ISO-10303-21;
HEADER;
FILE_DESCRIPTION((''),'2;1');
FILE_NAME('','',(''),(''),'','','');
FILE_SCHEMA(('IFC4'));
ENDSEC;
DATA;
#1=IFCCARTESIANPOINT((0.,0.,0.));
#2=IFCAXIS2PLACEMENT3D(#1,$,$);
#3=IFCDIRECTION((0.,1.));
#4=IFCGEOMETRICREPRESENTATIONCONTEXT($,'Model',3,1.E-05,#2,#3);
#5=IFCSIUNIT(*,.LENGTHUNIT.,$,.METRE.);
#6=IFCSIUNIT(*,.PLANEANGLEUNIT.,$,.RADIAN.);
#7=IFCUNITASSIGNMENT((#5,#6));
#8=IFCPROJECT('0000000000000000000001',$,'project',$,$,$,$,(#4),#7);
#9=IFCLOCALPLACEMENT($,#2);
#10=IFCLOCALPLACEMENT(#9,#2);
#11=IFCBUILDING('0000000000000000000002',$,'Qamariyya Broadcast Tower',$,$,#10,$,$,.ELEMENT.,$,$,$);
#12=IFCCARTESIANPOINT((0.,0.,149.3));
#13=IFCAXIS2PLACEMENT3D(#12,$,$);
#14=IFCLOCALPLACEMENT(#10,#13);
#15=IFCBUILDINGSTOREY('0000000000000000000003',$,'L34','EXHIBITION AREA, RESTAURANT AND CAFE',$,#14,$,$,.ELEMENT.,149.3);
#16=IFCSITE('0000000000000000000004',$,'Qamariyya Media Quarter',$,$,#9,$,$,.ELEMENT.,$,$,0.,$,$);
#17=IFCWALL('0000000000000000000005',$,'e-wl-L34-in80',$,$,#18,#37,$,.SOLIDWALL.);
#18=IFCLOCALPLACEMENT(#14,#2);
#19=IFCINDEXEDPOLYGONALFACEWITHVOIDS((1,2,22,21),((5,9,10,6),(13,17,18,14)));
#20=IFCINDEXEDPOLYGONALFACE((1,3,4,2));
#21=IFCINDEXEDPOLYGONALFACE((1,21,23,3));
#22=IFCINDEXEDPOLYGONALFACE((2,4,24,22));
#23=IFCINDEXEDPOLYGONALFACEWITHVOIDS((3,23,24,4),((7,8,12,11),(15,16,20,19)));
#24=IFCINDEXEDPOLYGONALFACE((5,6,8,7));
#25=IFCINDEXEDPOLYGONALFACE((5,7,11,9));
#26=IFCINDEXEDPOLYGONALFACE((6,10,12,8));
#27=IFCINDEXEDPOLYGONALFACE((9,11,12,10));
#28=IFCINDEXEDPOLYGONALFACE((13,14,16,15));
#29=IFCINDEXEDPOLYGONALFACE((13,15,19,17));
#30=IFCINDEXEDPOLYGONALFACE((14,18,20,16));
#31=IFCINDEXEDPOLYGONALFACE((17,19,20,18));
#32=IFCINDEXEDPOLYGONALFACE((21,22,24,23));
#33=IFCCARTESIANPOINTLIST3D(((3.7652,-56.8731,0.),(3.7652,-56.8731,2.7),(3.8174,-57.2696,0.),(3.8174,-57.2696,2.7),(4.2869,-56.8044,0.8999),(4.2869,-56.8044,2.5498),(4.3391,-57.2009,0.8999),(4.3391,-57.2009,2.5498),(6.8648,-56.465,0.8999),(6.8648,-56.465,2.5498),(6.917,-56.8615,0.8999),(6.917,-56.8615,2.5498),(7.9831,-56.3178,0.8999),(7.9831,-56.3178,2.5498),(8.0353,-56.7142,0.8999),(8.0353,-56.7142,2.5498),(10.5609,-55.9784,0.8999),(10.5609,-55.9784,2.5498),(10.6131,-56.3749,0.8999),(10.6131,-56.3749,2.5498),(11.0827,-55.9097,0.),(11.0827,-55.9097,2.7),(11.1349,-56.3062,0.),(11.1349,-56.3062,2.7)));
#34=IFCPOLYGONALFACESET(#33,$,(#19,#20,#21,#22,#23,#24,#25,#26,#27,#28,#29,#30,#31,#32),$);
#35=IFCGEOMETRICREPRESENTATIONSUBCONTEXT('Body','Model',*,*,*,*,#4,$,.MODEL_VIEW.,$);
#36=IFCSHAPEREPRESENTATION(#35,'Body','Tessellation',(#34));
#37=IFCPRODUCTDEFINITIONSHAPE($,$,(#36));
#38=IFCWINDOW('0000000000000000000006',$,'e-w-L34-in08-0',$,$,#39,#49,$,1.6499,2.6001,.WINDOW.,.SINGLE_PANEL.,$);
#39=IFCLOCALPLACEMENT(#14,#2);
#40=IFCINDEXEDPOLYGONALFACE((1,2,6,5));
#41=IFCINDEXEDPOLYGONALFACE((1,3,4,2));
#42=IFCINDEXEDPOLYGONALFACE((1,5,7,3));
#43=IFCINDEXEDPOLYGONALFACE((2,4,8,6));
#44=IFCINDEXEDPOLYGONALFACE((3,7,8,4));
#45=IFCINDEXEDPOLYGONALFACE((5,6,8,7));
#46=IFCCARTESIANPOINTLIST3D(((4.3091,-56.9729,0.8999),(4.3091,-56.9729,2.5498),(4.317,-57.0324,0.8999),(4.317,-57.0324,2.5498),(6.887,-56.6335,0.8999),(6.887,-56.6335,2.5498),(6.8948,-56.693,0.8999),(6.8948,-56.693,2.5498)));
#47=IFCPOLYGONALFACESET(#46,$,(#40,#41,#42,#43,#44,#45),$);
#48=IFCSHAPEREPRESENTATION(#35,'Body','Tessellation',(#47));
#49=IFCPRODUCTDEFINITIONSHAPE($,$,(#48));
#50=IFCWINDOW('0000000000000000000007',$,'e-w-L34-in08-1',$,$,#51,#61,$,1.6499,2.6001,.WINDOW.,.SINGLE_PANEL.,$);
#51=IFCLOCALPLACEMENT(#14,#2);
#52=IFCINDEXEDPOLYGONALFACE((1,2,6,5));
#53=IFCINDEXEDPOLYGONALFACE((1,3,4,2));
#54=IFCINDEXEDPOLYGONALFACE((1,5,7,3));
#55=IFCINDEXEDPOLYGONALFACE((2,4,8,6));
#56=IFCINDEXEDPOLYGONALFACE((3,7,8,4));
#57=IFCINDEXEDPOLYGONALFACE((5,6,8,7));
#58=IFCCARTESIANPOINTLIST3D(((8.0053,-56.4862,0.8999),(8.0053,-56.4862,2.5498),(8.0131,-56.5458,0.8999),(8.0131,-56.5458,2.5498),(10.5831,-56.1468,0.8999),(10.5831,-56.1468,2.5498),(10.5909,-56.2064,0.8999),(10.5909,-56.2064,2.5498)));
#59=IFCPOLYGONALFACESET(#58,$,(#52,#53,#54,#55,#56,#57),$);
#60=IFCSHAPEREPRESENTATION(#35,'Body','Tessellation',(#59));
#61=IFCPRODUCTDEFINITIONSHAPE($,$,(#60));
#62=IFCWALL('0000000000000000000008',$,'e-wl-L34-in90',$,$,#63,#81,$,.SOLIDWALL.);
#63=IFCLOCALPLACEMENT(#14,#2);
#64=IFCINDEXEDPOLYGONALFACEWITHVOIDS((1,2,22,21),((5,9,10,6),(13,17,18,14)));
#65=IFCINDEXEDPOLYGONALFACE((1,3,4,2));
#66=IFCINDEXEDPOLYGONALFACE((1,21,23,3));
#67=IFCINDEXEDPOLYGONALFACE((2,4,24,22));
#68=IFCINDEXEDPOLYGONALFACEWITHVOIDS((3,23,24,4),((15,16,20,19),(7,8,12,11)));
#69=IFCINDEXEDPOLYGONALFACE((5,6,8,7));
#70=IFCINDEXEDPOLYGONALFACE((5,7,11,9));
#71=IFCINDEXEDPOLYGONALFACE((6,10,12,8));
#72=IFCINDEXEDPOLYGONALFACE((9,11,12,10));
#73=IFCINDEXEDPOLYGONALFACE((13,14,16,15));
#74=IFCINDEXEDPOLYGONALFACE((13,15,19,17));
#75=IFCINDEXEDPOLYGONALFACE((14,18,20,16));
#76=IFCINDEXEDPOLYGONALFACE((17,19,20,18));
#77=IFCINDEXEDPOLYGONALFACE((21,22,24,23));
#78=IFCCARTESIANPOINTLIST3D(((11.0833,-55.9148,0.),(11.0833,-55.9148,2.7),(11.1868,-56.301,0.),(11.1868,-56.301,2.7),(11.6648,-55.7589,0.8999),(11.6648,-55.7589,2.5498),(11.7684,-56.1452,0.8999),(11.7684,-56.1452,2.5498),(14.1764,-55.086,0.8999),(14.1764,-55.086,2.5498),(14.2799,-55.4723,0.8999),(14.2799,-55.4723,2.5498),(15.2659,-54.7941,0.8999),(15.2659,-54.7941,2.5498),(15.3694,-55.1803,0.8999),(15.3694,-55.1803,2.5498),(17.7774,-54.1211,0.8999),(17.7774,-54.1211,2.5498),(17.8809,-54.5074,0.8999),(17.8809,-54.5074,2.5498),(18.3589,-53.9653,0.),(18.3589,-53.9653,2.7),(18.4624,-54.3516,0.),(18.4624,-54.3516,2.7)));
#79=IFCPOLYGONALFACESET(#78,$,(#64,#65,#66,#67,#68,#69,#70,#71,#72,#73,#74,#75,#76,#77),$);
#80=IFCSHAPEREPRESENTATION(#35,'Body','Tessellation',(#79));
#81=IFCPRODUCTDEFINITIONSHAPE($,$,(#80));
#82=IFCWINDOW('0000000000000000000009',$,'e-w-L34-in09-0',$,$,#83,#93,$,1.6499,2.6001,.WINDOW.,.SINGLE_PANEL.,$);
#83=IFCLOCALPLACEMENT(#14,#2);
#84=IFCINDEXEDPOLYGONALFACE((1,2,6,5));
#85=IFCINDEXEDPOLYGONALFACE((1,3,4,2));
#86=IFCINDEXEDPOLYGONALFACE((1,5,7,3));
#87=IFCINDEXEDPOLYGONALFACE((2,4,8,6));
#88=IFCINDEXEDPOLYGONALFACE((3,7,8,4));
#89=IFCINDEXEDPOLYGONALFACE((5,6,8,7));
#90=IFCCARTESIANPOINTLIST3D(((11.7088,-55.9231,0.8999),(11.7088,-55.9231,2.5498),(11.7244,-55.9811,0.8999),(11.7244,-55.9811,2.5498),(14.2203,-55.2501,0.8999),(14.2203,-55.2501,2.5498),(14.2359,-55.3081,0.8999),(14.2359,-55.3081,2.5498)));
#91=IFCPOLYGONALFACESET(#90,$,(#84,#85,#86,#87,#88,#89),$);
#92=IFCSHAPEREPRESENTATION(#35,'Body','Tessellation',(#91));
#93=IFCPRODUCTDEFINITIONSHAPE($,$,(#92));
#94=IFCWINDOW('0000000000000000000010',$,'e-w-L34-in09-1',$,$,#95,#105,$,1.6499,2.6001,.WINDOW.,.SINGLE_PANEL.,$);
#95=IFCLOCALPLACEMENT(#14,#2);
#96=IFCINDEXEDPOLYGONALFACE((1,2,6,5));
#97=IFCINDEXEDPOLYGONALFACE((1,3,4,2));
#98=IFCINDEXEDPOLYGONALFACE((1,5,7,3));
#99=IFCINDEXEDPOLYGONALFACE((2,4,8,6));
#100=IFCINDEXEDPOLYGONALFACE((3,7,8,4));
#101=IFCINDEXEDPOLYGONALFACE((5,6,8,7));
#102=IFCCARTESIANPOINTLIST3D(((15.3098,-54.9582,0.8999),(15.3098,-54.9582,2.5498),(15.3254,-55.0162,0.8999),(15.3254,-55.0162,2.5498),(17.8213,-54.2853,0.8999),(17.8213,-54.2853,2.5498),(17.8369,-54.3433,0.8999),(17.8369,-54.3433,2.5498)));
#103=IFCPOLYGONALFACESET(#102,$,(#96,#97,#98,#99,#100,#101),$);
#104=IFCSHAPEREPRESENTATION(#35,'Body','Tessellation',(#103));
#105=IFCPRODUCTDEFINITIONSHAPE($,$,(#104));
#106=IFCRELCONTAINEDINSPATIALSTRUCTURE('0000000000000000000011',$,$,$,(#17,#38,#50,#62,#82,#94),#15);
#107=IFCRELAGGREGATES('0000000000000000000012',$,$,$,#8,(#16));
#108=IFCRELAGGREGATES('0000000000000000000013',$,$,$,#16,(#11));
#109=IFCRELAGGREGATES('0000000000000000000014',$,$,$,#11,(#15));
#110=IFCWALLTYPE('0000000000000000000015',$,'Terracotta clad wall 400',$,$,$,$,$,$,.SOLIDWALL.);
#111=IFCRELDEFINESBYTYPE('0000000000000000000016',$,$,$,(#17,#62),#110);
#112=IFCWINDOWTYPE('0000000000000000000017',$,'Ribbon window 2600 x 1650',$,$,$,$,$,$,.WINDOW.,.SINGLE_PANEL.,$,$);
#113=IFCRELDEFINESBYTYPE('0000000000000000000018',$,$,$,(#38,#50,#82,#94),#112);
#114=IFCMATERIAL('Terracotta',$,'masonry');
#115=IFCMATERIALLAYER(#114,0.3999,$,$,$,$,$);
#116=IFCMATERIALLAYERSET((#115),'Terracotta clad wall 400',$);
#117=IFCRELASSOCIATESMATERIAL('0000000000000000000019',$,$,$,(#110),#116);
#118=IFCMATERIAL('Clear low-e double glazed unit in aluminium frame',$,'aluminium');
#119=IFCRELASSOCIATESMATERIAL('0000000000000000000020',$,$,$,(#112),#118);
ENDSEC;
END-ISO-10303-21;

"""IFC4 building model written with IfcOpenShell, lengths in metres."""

from ifc_helpers import new_model, si_unit, direction, frame, frame_2d, origin, place, context, subcontext, project, spatial, rectangle, extrude, material, layer, layer_set, type_object, element, fill, save


model = new_model("IFC4")

# Units and contexts
model_context = context("Model", 3, precision=1e-05, world=origin(), true_north=direction((0.0, 1.0)))
body_context = subcontext(model_context, "Body", "Model", "MODEL_VIEW")
ifc_project = project(units=[si_unit("LENGTHUNIT", "METRE"), si_unit("PLANEANGLEUNIT", "RADIAN")], contexts=[model_context])

# Site, building, storey
site_placement = place(None, origin())
site = spatial("IfcSite", under=ifc_project, at=site_placement, Name="Qamariyya Media Quarter", CompositionType="ELEMENT", RefElevation=0.0)
building_placement = place(site_placement, origin())
building = spatial("IfcBuilding", under=site, at=building_placement, Name="Qamariyya Broadcast Tower", CompositionType="ELEMENT")
storey_placement = place(building_placement, frame((0.0, 0.0, 149.3)))
storey = spatial("IfcBuildingStorey", under=building, at=storey_placement, Name="L34", Description="EXHIBITION AREA, RESTAURANT AND CAFE", CompositionType="ELEMENT", Elevation=149.3)

# Walls, openings, windows
ifc_material_1 = material(Name="Terracotta", Category="masonry")
ifc_layer_1 = layer(ifc_material_1, 0.3999)
ifc_layer_set_1 = layer_set([ifc_layer_1], Name="Terracotta clad wall 400")
wall_type_1 = type_object("IfcWallType", Name="Terracotta clad wall 400", PredefinedType="SOLIDWALL", material=ifc_layer_set_1)
ifc_material_2 = material(Name="Clear low-e double glazed unit in aluminium frame", Category="aluminium")
window_type = type_object("IfcWindowType", Name="Ribbon window 2600 x 1650", PartitioningType="SINGLE_PANEL", PredefinedType="WINDOW", material=ifc_material_2)
wall_1_placement = place(storey_placement, frame((11.1089, -56.1079, 0.0), z_axis=(0.0, 0.0, 1.0), x_axis=(-0.991444, -0.13053, 0.0)))
wall_1 = element("IfcWall", 1, at=wall_1_placement, inside=storey, type_object=wall_type_1, Name="e-wl-L34-in80", PredefinedType="SOLIDWALL", context=body_context, shape_type="SweptSolid", body=[
    extrude(rectangle(XDim=7.3806, YDim=0.3999, at=frame_2d((3.6904, 0.0))), origin(), (0.0, 0.0, 1.0), 2.7),
])
opening_1_placement = place(wall_1_placement, frame((4.2544, 0.0, 0.8999)))
opening_1 = element("IfcOpeningElement", 2, at=opening_1_placement, cuts=wall_1, PredefinedType="OPENING", context=body_context, shape_type="SweptSolid", body=[
    extrude(rectangle(XDim=2.6001, YDim=1.6499, at=frame_2d((1.3, 0.825))), frame((0.0, 0.21, 0.0), z_axis=(0.0, -1.0, 0.0), x_axis=(1.0, 0.0, 0.0)), (0.0, 0.0, 1.0), 0.4199),
])
opening_2_placement = place(wall_1_placement, frame((0.5264, 0.0, 0.8999)))
opening_2 = element("IfcOpeningElement", 3, at=opening_2_placement, cuts=wall_1, PredefinedType="OPENING", context=body_context, shape_type="SweptSolid", body=[
    extrude(rectangle(XDim=2.6001, YDim=1.6499, at=frame_2d((1.3, 0.825))), frame((0.0, 0.21, 0.0), z_axis=(0.0, -1.0, 0.0), x_axis=(1.0, 0.0, 0.0)), (0.0, 0.0, 1.0), 0.4199),
])
window_1_placement = place(opening_1_placement, origin())
window_1 = element("IfcWindow", 4, at=window_1_placement, inside=storey, type_object=window_type, Name="e-w-L34-in08-0", OverallHeight=1.6499, OverallWidth=2.6001, PartitioningType="SINGLE_PANEL", PredefinedType="WINDOW", context=body_context, shape_type="SweptSolid", body=[
    extrude(rectangle(XDim=2.6001, YDim=1.6499, at=frame_2d((1.3, 0.825))), frame((0.0, 0.03, 0.0), z_axis=(0.0, -1.0, 0.0), x_axis=(1.0, 0.0, 0.0)), (0.0, 0.0, 1.0), 0.0601),
])
fill(opening_1, window_1)
window_2_placement = place(opening_2_placement, origin())
window_2 = element("IfcWindow", 5, at=window_2_placement, inside=storey, type_object=window_type, Name="e-w-L34-in08-1", OverallHeight=1.6499, OverallWidth=2.6001, PartitioningType="SINGLE_PANEL", PredefinedType="WINDOW", context=body_context, shape_type="SweptSolid", body=[
    extrude(rectangle(XDim=2.6001, YDim=1.6499, at=frame_2d((1.3, 0.825))), frame((0.0, 0.03, 0.0), z_axis=(0.0, -1.0, 0.0), x_axis=(1.0, 0.0, 0.0)), (0.0, 0.0, 1.0), 0.0601),
])
fill(opening_2, window_2)
wall_2_placement = place(storey_placement, frame((18.4106, -54.1584, 0.0), z_axis=(0.0, 0.0, 1.0), x_axis=(-0.965927, -0.258814, 0.0)))
wall_2 = element("IfcWall", 6, at=wall_2_placement, inside=storey, type_object=wall_type_1, Name="e-wl-L34-in90", PredefinedType="SOLIDWALL", context=body_context, shape_type="SweptSolid", body=[
    extrude(rectangle(XDim=7.5322, YDim=0.3999, at=frame_2d((3.7661, 0.0))), origin(), (0.0, 0.0, 1.0), 2.7),
])
opening_3_placement = place(wall_2_placement, frame((4.3301, 0.0, 0.8999)))
opening_3 = element("IfcOpeningElement", 7, at=opening_3_placement, cuts=wall_2, PredefinedType="OPENING", context=body_context, shape_type="SweptSolid", body=[
    extrude(rectangle(XDim=2.6001, YDim=1.6499, at=frame_2d((1.3, 0.825))), frame((0.0, 0.21, 0.0), z_axis=(0.0, -1.0, 0.0), x_axis=(1.0, 0.0, 0.0)), (0.0, 0.0, 1.0), 0.4199),
])
opening_4_placement = place(wall_2_placement, frame((0.6021, 0.0, 0.8999)))
opening_4 = element("IfcOpeningElement", 8, at=opening_4_placement, cuts=wall_2, PredefinedType="OPENING", context=body_context, shape_type="SweptSolid", body=[
    extrude(rectangle(XDim=2.6001, YDim=1.6499, at=frame_2d((1.3, 0.825))), frame((0.0, 0.21, 0.0), z_axis=(0.0, -1.0, 0.0), x_axis=(1.0, 0.0, 0.0)), (0.0, 0.0, 1.0), 0.4199),
])
window_3_placement = place(opening_3_placement, origin())
window_3 = element("IfcWindow", 9, at=window_3_placement, inside=storey, type_object=window_type, Name="e-w-L34-in09-0", OverallHeight=1.6499, OverallWidth=2.6001, PartitioningType="SINGLE_PANEL", PredefinedType="WINDOW", context=body_context, shape_type="SweptSolid", body=[
    extrude(rectangle(XDim=2.6001, YDim=1.6499, at=frame_2d((1.3, 0.825))), frame((0.0, 0.03, 0.0), z_axis=(0.0, -1.0, 0.0), x_axis=(1.0, 0.0, 0.0)), (0.0, 0.0, 1.0), 0.0601),
])
fill(opening_3, window_3)
window_4_placement = place(opening_4_placement, origin())
window_4 = element("IfcWindow", 10, at=window_4_placement, inside=storey, type_object=window_type, Name="e-w-L34-in09-1", OverallHeight=1.6499, OverallWidth=2.6001, PartitioningType="SINGLE_PANEL", PredefinedType="WINDOW", context=body_context, shape_type="SweptSolid", body=[
    extrude(rectangle(XDim=2.6001, YDim=1.6499, at=frame_2d((1.3, 0.825))), frame((0.0, 0.03, 0.0), z_axis=(0.0, -1.0, 0.0), x_axis=(1.0, 0.0, 0.0)), (0.0, 0.0, 1.0), 0.0601),
])
fill(opening_4, window_4)

save(model, "model.ifc")
